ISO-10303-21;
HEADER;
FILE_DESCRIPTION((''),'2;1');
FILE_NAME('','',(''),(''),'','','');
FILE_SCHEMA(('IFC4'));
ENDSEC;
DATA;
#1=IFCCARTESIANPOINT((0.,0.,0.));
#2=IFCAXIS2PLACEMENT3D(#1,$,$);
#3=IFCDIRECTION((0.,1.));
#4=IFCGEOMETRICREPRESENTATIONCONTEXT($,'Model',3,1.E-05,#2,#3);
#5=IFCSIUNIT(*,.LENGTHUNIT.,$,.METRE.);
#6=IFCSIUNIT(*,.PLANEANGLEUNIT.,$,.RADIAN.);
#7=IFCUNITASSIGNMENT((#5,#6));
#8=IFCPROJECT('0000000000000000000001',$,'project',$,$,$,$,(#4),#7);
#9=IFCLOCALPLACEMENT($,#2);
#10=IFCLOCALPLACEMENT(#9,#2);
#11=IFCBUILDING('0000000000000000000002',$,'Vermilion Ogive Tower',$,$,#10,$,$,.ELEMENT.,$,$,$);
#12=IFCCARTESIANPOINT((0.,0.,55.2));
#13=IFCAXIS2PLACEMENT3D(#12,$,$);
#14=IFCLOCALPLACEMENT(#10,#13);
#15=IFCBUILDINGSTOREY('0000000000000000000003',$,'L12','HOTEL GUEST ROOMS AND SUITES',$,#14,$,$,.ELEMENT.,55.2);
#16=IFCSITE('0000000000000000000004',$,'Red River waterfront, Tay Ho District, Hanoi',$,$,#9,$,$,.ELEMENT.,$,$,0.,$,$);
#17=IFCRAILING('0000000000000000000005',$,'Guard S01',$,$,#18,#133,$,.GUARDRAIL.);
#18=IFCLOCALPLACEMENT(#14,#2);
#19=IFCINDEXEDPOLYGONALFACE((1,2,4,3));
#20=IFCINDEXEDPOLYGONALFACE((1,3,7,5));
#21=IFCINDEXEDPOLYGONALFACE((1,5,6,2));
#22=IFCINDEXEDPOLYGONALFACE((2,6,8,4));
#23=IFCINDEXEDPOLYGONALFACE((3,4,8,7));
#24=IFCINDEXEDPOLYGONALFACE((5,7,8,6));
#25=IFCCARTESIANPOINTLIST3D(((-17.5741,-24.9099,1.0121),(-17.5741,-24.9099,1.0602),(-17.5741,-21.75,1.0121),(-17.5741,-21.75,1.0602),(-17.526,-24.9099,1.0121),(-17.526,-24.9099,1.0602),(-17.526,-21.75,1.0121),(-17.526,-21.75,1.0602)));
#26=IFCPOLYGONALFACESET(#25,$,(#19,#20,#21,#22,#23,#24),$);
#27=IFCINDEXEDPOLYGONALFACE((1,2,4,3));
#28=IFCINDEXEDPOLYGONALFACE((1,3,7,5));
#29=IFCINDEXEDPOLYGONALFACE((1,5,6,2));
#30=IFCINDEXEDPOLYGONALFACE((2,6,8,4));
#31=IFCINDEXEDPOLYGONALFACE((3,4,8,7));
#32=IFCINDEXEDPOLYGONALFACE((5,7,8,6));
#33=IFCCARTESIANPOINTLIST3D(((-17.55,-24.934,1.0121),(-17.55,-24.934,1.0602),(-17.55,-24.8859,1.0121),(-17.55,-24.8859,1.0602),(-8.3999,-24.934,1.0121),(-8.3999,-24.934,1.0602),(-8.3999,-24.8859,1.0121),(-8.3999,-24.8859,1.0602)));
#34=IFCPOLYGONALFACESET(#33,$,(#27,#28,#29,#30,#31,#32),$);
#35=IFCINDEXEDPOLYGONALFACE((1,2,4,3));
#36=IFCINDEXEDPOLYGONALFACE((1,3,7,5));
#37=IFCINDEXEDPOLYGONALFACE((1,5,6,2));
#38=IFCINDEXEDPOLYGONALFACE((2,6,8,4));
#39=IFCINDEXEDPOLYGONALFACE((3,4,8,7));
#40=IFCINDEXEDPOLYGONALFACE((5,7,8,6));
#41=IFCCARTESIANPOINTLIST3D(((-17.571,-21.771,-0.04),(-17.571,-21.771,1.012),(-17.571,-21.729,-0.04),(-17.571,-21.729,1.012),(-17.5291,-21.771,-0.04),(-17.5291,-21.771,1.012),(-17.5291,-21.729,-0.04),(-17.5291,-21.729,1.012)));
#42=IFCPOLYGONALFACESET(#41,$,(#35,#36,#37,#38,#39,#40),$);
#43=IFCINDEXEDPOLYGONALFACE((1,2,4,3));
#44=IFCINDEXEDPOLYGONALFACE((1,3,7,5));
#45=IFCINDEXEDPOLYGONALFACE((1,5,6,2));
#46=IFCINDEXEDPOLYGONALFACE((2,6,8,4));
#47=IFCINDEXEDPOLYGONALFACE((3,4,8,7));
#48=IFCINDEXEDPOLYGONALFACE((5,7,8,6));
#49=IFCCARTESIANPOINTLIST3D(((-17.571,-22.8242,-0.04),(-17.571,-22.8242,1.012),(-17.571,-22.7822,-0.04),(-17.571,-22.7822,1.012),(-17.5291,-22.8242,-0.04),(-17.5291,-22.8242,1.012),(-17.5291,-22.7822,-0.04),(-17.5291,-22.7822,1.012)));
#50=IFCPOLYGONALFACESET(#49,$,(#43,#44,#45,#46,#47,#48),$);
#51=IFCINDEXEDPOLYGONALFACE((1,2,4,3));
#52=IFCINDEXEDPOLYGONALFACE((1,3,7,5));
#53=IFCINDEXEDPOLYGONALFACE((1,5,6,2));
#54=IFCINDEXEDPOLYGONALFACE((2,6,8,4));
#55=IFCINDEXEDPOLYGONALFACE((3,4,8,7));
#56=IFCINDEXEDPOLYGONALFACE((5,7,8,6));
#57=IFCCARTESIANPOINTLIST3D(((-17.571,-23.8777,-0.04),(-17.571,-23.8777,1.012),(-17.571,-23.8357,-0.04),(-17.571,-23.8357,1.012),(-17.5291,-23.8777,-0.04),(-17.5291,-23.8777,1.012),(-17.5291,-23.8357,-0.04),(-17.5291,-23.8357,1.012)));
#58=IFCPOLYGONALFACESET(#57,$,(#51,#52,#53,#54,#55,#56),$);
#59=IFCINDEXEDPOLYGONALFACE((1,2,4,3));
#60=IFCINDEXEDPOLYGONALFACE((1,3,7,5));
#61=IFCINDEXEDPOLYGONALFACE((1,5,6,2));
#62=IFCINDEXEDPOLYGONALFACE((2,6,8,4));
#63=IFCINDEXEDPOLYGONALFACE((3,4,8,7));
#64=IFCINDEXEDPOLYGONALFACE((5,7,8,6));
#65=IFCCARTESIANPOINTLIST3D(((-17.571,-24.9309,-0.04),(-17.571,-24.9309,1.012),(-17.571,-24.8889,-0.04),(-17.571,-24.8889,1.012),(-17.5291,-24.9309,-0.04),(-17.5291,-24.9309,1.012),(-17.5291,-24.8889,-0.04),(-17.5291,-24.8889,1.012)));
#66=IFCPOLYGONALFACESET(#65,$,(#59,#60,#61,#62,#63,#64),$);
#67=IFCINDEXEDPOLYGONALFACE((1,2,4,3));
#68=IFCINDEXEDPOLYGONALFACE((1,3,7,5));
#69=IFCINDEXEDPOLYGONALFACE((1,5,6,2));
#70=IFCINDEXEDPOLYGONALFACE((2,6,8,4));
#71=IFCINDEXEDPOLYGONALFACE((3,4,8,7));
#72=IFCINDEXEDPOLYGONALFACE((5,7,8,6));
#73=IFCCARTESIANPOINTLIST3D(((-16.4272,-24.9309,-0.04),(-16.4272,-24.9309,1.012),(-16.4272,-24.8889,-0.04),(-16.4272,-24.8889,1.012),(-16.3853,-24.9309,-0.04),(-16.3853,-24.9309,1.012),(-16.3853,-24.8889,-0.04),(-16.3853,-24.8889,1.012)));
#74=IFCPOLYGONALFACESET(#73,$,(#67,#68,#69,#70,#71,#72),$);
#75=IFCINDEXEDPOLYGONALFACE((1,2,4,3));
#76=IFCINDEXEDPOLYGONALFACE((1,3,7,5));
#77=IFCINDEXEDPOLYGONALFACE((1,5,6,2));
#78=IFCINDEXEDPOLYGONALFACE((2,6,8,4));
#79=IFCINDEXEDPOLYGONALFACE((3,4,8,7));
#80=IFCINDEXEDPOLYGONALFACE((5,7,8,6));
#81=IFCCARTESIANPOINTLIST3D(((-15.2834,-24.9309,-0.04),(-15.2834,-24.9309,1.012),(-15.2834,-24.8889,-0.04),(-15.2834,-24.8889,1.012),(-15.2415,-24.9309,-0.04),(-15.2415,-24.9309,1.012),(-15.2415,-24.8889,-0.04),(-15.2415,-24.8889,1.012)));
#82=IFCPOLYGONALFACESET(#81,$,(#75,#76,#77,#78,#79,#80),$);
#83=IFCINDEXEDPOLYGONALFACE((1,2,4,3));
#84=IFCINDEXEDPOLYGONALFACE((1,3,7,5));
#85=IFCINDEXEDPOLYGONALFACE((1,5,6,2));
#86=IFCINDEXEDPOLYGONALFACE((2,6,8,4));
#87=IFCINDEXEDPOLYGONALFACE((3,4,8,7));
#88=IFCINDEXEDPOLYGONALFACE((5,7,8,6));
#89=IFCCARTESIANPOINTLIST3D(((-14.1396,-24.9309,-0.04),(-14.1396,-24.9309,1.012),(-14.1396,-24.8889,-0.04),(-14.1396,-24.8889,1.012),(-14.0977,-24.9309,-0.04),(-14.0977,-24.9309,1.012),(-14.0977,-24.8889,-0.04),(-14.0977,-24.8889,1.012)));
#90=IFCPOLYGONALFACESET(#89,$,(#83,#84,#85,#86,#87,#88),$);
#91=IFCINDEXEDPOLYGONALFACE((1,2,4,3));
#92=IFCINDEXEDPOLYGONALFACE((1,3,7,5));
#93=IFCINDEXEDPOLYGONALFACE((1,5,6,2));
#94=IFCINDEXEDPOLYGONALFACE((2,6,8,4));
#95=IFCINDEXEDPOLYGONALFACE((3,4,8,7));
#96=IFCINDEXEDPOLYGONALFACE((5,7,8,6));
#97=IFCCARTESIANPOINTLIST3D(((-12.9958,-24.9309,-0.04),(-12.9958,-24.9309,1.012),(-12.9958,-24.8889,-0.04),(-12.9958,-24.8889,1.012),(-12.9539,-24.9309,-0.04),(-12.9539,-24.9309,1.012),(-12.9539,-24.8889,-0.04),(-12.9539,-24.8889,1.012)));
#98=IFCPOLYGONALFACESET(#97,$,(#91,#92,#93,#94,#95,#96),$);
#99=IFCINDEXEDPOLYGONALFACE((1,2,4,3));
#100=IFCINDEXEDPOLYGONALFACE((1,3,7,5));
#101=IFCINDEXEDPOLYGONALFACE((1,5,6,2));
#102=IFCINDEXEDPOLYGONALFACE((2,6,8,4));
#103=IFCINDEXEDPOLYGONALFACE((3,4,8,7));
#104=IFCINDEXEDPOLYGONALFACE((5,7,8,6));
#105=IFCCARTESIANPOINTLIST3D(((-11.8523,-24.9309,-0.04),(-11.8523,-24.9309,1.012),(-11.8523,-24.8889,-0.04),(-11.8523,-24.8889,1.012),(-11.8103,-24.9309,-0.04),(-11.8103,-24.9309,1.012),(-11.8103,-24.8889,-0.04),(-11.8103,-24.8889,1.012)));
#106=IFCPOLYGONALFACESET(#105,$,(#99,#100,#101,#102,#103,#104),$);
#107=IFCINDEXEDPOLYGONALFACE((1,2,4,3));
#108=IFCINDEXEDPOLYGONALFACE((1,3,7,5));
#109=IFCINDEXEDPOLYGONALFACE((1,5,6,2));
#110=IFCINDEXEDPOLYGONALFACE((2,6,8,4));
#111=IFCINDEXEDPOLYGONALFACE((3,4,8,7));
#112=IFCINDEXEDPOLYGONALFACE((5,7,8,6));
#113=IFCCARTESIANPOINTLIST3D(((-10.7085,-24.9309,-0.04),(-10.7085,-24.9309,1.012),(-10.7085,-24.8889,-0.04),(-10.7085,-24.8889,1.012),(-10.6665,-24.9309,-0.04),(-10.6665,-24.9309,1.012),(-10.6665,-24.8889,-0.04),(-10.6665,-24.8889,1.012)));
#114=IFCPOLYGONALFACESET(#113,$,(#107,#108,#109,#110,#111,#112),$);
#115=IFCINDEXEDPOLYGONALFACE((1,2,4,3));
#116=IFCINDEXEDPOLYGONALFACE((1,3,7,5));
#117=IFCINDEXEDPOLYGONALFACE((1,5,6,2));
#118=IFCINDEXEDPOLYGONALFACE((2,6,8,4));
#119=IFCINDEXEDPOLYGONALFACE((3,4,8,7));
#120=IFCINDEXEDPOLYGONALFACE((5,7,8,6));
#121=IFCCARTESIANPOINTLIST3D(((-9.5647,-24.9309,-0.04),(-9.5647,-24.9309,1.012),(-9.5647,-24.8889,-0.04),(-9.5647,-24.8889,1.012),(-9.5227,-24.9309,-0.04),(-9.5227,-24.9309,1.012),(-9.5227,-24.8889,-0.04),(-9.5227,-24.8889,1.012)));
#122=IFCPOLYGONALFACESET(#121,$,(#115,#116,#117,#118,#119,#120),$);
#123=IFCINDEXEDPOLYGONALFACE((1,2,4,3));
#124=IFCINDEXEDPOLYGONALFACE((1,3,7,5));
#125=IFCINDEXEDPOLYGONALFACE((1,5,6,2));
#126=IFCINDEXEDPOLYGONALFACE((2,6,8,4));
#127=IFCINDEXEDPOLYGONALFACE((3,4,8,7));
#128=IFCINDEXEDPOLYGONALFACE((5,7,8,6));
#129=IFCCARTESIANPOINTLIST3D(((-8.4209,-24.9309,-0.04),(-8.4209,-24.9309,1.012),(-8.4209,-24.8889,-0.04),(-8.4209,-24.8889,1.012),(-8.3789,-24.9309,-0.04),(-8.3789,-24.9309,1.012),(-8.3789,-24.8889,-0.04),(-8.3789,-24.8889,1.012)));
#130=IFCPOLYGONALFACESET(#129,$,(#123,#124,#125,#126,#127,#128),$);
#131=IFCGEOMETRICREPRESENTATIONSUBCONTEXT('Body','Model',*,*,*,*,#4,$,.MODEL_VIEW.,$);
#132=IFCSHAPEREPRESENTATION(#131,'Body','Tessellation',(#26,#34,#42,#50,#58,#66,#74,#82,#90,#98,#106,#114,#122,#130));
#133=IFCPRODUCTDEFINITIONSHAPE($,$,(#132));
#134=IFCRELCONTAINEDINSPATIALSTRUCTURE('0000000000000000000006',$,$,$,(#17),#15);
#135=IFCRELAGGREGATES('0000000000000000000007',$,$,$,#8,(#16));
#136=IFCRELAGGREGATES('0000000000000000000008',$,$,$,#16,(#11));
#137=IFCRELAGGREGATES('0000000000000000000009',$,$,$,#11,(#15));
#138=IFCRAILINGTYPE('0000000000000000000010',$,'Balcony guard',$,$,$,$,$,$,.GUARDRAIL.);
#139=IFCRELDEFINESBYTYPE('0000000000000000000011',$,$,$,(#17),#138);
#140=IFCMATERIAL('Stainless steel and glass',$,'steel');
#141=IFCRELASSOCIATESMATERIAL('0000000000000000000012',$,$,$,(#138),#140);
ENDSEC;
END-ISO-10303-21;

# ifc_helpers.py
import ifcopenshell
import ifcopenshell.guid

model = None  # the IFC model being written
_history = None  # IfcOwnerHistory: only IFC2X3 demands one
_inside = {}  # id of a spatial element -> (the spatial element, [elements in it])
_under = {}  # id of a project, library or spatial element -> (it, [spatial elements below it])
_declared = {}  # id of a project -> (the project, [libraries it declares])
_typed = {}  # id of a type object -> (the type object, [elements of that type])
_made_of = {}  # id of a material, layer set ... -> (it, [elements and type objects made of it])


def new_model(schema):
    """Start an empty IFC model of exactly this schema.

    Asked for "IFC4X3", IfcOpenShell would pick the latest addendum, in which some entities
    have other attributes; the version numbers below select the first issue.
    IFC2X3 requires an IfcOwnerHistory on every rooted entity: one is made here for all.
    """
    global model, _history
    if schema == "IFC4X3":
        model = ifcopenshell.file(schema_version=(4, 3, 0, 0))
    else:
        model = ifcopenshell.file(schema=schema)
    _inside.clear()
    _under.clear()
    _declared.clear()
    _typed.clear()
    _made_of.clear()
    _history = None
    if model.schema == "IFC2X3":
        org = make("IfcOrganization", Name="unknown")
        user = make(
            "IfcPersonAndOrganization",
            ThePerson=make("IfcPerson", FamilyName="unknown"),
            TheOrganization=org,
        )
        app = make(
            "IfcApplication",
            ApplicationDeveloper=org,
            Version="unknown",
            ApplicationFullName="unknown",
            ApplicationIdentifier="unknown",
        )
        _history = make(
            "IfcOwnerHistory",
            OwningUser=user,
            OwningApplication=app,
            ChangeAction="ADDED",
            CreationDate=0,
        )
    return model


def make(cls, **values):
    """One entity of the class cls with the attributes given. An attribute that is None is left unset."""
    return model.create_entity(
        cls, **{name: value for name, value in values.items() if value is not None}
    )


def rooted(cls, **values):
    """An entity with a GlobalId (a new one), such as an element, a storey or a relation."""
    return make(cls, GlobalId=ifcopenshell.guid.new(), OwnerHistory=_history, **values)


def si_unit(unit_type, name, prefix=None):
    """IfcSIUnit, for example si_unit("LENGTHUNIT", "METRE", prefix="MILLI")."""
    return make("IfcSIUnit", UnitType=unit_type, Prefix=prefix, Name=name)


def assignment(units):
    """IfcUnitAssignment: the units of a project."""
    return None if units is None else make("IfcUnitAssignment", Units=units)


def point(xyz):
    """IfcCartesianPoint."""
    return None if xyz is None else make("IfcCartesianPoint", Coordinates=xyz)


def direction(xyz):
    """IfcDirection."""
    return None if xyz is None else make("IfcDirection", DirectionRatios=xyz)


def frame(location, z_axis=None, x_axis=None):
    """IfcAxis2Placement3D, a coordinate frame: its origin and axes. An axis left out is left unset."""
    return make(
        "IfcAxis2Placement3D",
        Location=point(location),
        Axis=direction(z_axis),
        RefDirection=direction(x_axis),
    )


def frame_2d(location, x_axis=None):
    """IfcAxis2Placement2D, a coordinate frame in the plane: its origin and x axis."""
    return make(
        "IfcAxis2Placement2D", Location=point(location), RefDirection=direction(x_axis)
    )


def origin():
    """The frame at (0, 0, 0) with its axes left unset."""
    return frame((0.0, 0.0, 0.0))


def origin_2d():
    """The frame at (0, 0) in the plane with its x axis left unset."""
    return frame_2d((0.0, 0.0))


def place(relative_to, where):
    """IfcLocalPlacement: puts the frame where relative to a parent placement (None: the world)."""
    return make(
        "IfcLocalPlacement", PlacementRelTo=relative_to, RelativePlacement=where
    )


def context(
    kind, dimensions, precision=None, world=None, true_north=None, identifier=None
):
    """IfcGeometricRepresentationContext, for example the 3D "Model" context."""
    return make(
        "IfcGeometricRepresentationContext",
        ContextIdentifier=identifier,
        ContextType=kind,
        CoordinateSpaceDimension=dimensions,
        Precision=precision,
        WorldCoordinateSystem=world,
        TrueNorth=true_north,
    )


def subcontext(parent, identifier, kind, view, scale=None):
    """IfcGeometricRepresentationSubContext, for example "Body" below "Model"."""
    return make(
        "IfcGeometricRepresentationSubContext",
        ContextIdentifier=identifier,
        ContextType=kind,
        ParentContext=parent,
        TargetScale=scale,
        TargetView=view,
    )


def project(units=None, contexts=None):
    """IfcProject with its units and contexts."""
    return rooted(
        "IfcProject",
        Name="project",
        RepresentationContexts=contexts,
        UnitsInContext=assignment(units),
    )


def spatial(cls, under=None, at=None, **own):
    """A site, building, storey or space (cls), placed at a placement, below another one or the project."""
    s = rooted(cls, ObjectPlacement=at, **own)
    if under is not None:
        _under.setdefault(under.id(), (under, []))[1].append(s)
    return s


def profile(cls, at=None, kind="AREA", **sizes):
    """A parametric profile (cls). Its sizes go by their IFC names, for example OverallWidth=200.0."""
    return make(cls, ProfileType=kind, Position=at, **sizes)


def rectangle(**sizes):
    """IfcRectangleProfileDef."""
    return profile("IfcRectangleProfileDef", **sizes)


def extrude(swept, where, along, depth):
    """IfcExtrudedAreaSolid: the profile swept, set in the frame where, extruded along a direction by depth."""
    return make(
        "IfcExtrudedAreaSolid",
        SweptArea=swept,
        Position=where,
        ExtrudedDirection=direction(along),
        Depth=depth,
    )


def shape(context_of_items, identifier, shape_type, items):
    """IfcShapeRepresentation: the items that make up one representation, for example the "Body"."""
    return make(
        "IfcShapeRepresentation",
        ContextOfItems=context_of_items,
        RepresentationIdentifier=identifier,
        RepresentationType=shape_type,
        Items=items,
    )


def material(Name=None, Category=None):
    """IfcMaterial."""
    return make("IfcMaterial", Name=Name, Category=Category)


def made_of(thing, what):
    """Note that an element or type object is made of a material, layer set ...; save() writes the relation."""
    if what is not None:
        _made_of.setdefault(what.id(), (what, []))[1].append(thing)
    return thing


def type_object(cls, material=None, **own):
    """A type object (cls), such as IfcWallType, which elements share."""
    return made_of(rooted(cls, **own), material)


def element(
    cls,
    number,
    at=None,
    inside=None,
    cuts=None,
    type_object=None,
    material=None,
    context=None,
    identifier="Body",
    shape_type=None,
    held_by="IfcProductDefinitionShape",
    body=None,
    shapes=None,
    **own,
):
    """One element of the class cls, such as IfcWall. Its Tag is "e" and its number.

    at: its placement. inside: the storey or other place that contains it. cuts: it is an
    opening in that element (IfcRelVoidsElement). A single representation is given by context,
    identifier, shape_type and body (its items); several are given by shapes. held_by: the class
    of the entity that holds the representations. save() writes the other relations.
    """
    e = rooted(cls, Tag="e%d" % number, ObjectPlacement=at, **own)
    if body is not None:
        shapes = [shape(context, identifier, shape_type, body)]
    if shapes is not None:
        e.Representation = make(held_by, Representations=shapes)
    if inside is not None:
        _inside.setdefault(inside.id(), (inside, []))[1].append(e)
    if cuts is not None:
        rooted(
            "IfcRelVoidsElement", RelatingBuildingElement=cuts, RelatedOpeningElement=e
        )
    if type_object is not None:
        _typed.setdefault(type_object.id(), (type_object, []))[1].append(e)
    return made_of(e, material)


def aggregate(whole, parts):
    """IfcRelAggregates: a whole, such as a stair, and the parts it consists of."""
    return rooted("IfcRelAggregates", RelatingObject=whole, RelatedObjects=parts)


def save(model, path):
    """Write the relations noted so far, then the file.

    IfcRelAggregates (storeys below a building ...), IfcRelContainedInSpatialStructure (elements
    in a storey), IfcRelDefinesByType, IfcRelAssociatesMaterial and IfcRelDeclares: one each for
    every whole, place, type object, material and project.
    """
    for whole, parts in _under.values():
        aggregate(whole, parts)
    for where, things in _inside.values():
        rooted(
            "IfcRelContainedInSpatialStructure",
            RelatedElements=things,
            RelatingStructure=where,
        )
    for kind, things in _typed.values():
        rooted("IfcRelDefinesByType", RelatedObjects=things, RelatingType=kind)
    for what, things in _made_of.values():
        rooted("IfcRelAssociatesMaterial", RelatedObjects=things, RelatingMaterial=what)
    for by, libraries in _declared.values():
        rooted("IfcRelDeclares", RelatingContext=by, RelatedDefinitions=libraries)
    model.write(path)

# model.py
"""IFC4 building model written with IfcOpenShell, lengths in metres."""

from ifc_helpers import new_model, si_unit, direction, frame, origin, origin_2d, place, context, subcontext, project, spatial, rectangle, extrude, material, type_object, element, save


model = new_model("IFC4")

# Units and contexts
model_context = context("Model", 3, precision=1e-05, world=origin(), true_north=direction((0.0, 1.0)))
body_context = subcontext(model_context, "Body", "Model", "MODEL_VIEW")
ifc_project = project(units=[si_unit("LENGTHUNIT", "METRE"), si_unit("PLANEANGLEUNIT", "RADIAN")], contexts=[model_context])

# Site, building, storey
site_placement = place(None, origin())
site = spatial("IfcSite", under=ifc_project, at=site_placement, Name="Red River waterfront, Tay Ho District, Hanoi", CompositionType="ELEMENT", RefElevation=0.0)
building_placement = place(site_placement, origin())
building = spatial("IfcBuilding", under=site, at=building_placement, Name="Vermilion Ogive Tower", CompositionType="ELEMENT")
storey_placement = place(building_placement, frame((0.0, 0.0, 55.2)))
storey = spatial("IfcBuildingStorey", under=building, at=storey_placement, Name="L12", Description="HOTEL GUEST ROOMS AND SUITES", CompositionType="ELEMENT", Elevation=55.2)

# Railing
ifc_material_1 = material(Name="Stainless steel and glass", Category="steel")
railing_type = type_object("IfcRailingType", Name="Balcony guard", PredefinedType="GUARDRAIL", material=ifc_material_1)
railing_placement = place(storey_placement, frame((-17.55, -21.75, -0.04)))
element("IfcRailing", 1, at=railing_placement, inside=storey, type_object=railing_type, Name="Guard S01", PredefinedType="GUARDRAIL", context=body_context, shape_type="SweptSolid", body=[
    extrude(rectangle(XDim=0.0481, YDim=0.0481, at=origin_2d()), frame((0.0, 0.0, 1.0762), z_axis=(0.0, -1.0, 0.0), x_axis=(1.0, 0.0, 0.0)), (0.0, 0.0, 1.0), 3.1599),
    extrude(rectangle(XDim=0.0481, YDim=0.0481, at=origin_2d()), frame((0.0, -3.1599, 1.0762), z_axis=(1.0, 0.0, 0.0), x_axis=(0.0, 1.0, 0.0)), (0.0, 0.0, 1.0), 9.1501),
    extrude(rectangle(XDim=0.042, YDim=0.042, at=origin_2d()), origin(), (0.0, 0.0, 1.0), 1.052),
    extrude(rectangle(XDim=0.042, YDim=0.042, at=origin_2d()), frame((0.0, -1.0532, 0.0)), (0.0, 0.0, 1.0), 1.052),
    extrude(rectangle(XDim=0.042, YDim=0.042, at=origin_2d()), frame((0.0, -2.1067, 0.0)), (0.0, 0.0, 1.0), 1.052),
    extrude(rectangle(XDim=0.042, YDim=0.042, at=origin_2d()), frame((0.0, -3.1599, 0.0)), (0.0, 0.0, 1.0), 1.052),
    extrude(rectangle(XDim=0.042, YDim=0.042, at=origin_2d()), frame((1.1438, -3.1599, 0.0)), (0.0, 0.0, 1.0), 1.052),
    extrude(rectangle(XDim=0.042, YDim=0.042, at=origin_2d()), frame((2.2876, -3.1599, 0.0)), (0.0, 0.0, 1.0), 1.052),
    extrude(rectangle(XDim=0.042, YDim=0.042, at=origin_2d()), frame((3.4314, -3.1599, 0.0)), (0.0, 0.0, 1.0), 1.052),
    extrude(rectangle(XDim=0.042, YDim=0.042, at=origin_2d()), frame((4.5752, -3.1599, 0.0)), (0.0, 0.0, 1.0), 1.052),
    extrude(rectangle(XDim=0.042, YDim=0.042, at=origin_2d()), frame((5.7188, -3.1599, 0.0)), (0.0, 0.0, 1.0), 1.052),
    extrude(rectangle(XDim=0.042, YDim=0.042, at=origin_2d()), frame((6.8625, -3.1599, 0.0)), (0.0, 0.0, 1.0), 1.052),
    extrude(rectangle(XDim=0.042, YDim=0.042, at=origin_2d()), frame((8.0063, -3.1599, 0.0)), (0.0, 0.0, 1.0), 1.052),
    extrude(rectangle(XDim=0.042, YDim=0.042, at=origin_2d()), frame((9.1501, -3.1599, 0.0)), (0.0, 0.0, 1.0), 1.052),
])

save(model, "model.ifc")
